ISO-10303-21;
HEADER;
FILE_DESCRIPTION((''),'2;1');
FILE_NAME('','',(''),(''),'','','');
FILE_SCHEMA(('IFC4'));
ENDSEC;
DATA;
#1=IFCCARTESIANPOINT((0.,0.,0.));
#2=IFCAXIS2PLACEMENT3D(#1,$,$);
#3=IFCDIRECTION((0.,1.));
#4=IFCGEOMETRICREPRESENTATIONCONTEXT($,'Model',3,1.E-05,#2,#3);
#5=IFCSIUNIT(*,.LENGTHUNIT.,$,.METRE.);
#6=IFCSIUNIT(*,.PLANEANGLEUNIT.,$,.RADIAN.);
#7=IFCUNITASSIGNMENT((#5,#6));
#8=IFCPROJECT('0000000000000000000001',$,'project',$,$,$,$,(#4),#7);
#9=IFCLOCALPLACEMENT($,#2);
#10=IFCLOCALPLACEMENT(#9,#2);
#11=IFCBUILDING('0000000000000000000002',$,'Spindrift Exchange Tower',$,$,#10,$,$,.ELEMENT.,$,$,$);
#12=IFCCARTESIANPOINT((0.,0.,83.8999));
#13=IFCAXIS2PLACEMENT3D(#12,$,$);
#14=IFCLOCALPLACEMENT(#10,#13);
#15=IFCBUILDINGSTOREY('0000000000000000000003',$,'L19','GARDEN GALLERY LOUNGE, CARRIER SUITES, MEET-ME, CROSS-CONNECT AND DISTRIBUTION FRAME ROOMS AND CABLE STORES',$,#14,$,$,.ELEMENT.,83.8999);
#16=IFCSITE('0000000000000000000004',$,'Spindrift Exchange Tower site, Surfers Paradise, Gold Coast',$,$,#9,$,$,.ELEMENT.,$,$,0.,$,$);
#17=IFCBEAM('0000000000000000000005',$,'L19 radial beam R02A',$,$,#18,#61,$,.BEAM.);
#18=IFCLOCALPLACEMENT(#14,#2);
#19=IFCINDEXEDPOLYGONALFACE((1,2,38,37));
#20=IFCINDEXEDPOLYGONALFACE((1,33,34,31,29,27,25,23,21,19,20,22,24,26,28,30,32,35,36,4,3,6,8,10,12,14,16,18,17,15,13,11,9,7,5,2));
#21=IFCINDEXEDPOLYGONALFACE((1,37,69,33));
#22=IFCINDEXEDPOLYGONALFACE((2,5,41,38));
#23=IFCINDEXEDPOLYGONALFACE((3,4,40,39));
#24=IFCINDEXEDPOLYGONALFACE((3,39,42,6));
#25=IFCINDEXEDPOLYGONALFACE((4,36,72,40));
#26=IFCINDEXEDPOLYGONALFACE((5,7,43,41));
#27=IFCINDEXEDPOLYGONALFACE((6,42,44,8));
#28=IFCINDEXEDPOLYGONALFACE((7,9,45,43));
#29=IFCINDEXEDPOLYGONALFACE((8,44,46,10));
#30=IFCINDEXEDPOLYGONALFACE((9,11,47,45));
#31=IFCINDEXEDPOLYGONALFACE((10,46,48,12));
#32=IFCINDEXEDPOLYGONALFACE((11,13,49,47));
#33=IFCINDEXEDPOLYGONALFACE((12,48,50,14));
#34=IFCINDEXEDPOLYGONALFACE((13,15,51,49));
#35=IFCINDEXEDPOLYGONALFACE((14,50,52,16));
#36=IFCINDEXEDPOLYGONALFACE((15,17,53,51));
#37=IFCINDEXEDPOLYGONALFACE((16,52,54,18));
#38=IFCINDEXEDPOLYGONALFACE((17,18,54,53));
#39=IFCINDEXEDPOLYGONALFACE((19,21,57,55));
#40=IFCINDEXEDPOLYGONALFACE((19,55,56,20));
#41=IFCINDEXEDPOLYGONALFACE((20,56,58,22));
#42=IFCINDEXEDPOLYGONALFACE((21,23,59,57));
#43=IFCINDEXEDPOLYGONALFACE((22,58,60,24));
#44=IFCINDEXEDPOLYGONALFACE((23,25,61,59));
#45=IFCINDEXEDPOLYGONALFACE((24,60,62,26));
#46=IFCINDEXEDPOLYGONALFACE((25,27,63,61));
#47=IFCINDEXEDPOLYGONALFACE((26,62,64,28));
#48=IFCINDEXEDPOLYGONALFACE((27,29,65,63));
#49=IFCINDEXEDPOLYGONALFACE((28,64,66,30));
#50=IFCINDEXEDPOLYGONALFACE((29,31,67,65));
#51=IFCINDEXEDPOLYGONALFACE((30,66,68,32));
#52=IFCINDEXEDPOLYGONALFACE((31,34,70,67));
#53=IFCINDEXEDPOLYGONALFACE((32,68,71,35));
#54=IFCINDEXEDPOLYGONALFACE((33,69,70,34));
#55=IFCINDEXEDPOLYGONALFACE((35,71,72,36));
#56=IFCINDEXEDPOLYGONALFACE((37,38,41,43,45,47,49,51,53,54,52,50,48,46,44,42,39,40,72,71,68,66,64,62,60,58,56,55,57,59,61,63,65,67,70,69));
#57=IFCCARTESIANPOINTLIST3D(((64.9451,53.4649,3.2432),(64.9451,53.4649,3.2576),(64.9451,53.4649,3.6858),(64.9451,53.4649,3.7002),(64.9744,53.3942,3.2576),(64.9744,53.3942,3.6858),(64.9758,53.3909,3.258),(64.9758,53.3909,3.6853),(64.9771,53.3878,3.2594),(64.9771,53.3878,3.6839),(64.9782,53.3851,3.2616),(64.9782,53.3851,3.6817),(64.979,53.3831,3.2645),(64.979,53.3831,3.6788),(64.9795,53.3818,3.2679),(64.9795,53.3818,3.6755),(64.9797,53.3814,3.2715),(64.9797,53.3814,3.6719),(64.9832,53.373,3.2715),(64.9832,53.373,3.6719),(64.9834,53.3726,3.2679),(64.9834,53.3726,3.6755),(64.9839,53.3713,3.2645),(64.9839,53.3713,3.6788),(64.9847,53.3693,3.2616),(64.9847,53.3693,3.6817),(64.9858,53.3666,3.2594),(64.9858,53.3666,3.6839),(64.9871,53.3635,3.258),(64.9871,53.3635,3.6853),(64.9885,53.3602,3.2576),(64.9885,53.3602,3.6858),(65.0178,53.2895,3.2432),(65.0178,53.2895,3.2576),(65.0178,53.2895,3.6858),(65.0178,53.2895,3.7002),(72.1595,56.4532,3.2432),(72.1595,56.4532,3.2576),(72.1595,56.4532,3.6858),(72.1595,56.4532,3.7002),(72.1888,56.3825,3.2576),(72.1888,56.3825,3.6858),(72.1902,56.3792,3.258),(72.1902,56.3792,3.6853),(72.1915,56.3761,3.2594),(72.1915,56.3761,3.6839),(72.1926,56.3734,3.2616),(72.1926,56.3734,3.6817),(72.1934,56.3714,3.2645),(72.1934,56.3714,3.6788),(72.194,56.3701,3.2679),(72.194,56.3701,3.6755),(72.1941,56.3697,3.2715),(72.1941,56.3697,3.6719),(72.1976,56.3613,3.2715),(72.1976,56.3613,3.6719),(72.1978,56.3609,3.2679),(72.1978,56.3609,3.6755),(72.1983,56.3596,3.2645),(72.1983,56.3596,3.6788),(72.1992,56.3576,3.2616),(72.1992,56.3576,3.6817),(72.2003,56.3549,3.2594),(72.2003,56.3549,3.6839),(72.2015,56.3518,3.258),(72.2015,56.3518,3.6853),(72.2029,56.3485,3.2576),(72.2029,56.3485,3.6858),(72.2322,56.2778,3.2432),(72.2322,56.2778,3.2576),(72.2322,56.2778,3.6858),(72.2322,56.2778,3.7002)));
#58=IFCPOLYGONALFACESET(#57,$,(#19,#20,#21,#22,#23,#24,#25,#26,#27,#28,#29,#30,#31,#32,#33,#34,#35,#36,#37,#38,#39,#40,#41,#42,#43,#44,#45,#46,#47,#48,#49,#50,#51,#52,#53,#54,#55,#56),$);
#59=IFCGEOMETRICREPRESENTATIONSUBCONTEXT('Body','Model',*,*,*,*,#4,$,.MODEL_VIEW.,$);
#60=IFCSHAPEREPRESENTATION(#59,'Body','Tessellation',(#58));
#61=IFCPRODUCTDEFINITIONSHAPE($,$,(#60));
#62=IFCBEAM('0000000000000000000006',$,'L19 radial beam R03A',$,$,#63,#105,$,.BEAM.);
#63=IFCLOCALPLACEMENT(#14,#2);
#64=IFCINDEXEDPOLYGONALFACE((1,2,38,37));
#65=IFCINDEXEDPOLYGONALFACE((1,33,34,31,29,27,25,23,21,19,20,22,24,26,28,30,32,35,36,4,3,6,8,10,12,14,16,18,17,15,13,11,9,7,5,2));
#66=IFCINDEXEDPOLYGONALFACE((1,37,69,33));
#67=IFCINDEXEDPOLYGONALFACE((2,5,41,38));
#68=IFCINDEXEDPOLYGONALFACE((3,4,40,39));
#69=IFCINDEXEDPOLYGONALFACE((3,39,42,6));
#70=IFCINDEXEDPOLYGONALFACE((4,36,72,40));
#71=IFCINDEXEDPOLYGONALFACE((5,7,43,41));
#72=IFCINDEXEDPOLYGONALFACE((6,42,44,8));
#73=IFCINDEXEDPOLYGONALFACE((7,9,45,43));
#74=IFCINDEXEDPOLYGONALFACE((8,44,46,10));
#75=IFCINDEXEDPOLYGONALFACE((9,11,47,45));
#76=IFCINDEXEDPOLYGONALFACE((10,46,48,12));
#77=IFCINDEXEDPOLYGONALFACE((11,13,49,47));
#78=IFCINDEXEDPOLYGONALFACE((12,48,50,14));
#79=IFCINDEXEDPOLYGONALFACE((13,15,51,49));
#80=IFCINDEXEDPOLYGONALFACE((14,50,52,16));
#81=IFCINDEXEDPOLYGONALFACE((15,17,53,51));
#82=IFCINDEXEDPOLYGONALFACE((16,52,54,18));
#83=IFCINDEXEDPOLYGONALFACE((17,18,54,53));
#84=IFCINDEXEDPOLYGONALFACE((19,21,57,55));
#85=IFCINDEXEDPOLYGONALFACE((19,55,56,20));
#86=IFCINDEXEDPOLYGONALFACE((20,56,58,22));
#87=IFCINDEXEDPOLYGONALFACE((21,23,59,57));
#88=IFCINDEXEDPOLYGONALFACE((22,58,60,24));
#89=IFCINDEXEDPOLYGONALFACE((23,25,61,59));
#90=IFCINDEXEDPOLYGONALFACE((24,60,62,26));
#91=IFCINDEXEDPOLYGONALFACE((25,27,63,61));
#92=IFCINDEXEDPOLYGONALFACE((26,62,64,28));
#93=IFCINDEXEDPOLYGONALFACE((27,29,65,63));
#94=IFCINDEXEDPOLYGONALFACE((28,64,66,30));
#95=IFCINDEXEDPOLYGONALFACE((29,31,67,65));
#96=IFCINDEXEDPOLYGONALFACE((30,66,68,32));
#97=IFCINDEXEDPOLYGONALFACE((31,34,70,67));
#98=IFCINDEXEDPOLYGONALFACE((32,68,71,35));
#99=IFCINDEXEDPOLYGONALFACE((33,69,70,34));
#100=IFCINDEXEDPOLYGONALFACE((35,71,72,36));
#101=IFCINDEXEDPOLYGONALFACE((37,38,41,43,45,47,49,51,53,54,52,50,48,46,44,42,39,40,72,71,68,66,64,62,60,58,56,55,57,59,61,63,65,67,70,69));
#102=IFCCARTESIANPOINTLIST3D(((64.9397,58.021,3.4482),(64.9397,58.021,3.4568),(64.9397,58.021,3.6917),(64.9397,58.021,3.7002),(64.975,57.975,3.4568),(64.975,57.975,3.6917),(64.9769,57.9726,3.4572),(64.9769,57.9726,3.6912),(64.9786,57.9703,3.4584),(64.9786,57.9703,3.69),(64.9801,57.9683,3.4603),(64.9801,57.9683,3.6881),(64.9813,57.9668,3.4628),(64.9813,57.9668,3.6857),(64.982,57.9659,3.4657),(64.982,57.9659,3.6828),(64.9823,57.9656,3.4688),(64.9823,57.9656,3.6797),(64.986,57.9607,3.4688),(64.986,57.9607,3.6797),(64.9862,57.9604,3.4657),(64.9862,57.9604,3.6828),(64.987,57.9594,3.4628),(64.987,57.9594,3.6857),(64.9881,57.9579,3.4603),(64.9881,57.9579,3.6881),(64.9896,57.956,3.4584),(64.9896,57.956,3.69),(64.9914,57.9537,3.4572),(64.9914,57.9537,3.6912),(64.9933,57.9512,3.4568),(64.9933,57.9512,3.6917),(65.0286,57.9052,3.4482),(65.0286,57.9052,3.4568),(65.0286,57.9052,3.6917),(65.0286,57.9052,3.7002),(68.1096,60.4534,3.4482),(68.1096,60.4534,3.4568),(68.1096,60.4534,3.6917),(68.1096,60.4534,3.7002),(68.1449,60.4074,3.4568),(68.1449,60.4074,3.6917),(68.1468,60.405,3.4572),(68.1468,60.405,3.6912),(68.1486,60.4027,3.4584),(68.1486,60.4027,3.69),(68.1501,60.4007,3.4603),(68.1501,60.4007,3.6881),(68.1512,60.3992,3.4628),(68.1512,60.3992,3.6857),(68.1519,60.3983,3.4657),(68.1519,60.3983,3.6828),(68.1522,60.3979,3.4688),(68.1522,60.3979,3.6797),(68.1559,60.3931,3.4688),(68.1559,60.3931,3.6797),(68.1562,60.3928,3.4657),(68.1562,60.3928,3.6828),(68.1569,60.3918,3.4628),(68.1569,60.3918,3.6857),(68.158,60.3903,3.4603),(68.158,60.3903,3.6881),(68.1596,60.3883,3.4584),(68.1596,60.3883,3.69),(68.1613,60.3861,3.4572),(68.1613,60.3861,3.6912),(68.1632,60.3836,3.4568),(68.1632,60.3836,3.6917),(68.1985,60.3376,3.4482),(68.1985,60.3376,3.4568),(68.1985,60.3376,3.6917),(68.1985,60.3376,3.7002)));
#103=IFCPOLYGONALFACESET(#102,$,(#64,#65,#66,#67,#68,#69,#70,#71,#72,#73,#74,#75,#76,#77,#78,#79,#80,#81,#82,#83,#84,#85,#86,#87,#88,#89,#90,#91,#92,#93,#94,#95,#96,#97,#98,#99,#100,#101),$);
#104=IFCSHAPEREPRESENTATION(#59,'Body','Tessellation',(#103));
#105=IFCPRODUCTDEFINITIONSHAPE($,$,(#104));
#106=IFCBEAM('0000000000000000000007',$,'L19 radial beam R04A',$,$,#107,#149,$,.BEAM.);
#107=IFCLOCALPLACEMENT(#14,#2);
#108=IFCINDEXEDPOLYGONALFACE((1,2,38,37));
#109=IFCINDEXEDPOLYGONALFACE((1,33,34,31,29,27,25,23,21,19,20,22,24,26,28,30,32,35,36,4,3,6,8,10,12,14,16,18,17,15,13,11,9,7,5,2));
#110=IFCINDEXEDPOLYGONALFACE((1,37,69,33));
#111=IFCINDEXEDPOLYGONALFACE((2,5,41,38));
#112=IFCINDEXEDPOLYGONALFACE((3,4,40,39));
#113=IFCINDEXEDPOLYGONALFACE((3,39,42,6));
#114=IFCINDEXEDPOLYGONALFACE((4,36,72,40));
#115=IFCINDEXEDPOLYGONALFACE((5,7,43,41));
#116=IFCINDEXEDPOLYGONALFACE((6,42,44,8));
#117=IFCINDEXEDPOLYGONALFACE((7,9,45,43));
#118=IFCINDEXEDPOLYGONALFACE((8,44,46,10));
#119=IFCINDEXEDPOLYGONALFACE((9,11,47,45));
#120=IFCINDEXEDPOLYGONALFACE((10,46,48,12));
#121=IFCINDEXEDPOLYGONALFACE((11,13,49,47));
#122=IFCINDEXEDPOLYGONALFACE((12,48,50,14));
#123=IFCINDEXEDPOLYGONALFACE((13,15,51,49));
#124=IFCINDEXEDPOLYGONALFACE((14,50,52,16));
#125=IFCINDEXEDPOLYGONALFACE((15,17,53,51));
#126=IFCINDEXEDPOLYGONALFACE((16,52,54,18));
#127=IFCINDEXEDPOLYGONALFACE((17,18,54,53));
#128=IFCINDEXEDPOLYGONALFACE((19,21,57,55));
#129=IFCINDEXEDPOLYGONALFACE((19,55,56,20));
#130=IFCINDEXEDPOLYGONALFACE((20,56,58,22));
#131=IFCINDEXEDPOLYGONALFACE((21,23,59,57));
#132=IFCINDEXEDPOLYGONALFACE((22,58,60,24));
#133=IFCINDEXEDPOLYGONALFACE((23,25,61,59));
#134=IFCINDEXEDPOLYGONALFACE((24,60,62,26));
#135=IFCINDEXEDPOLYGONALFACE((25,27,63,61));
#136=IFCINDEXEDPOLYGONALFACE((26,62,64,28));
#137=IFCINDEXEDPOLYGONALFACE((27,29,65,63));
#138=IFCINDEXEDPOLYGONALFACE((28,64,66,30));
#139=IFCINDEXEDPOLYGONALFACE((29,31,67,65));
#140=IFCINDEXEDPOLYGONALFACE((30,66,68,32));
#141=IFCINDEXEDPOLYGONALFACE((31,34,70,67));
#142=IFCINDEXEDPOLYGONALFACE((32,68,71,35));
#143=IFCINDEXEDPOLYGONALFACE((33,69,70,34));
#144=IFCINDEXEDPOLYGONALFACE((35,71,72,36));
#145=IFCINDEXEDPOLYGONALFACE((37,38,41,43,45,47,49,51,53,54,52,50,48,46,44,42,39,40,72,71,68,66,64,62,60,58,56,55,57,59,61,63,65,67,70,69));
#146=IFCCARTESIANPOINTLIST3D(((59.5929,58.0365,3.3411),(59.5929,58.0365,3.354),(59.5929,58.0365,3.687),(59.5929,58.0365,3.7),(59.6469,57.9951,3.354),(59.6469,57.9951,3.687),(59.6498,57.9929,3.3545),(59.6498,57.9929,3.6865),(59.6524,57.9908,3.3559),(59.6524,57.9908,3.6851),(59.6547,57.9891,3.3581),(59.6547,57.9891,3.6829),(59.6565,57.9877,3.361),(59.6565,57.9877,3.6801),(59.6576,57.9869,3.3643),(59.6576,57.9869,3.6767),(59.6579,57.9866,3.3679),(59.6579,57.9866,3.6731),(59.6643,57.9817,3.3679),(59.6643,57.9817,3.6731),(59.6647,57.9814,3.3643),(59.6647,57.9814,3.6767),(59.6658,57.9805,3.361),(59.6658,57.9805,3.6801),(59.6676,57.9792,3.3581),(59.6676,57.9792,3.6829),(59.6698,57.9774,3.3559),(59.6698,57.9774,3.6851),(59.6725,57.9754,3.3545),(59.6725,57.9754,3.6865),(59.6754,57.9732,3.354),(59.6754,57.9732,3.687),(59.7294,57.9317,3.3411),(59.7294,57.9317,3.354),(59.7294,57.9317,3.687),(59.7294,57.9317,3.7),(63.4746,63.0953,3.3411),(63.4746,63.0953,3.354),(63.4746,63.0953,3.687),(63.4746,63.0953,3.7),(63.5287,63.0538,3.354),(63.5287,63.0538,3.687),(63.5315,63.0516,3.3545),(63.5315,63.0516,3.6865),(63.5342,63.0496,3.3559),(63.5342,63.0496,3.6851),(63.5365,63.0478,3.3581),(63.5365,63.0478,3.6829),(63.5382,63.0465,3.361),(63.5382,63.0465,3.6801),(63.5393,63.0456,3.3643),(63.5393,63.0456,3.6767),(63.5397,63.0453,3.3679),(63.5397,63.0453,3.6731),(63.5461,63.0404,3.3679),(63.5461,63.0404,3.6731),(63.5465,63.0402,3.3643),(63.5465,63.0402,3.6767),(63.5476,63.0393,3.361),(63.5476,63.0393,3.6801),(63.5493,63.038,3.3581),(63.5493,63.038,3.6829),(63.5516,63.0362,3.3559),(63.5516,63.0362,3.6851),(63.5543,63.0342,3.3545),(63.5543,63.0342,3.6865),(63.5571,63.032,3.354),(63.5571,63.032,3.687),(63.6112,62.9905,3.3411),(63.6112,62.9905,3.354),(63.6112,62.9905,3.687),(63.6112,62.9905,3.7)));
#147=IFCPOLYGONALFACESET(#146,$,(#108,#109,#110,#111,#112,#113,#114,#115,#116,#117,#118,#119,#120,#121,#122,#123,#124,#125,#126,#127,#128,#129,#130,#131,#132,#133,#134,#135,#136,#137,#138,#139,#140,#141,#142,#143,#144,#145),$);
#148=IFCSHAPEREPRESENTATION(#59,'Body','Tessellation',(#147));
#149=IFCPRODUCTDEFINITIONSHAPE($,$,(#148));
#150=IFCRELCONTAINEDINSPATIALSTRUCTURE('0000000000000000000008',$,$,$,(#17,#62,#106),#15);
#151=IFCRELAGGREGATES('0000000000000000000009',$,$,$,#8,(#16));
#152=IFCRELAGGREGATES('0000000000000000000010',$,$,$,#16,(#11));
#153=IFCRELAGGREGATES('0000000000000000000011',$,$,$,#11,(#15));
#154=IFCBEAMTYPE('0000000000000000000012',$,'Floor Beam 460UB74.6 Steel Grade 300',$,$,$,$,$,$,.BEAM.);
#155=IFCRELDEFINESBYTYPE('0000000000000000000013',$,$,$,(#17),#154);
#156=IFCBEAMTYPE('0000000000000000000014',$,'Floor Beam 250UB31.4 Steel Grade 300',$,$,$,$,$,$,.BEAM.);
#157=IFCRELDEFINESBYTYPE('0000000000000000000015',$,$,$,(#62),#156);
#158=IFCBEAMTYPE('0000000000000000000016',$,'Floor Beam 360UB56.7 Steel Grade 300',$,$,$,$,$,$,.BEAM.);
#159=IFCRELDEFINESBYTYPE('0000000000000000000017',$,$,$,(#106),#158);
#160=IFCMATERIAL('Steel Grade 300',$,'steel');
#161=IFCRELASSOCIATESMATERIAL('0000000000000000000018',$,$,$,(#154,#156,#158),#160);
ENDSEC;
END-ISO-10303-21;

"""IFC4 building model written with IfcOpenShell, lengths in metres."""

from ifc_helpers import new_model, si_unit, direction, frame, origin, origin_2d, place, context, subcontext, project, spatial, i_section, extrude, source, transform, mapped, material, material_profile, profile_set, type_object, element, save


model = new_model("IFC4")

# Units and contexts
model_context = context("Model", 3, precision=1e-05, world=origin(), true_north=direction((0.0, 1.0)))
body_context = subcontext(model_context, "Body", "Model", "MODEL_VIEW")
ifc_project = project(units=[si_unit("LENGTHUNIT", "METRE"), si_unit("PLANEANGLEUNIT", "RADIAN")], contexts=[model_context])

# Site, building, storey
site_placement = place(None, origin())
site = spatial("IfcSite", under=ifc_project, at=site_placement, Name="Spindrift Exchange Tower site, Surfers Paradise, Gold Coast", CompositionType="ELEMENT", RefElevation=0.0)
building_placement = place(site_placement, origin())
building = spatial("IfcBuilding", under=site, at=building_placement, Name="Spindrift Exchange Tower", CompositionType="ELEMENT")
storey_placement = place(building_placement, frame((0.0, 0.0, 83.8999)))
storey = spatial("IfcBuildingStorey", under=building, at=storey_placement, Name="L19", Description="GARDEN GALLERY LOUNGE, CARRIER SUITES, MEET-ME, CROSS-CONNECT AND DISTRIBUTION FRAME ROOMS AND CABLE STORES", CompositionType="ELEMENT", Elevation=83.8999)

# Beams
ifc_material_1 = material(Name="Steel Grade 300", Category="steel")
ifc_material_profile_1 = material_profile(ifc_material_1, i_section(OverallWidth=0.1899, OverallDepth=0.457, WebThickness=0.009, FlangeThickness=0.0144, FilletRadius=0.0139, at=origin_2d()), Name="460UB74.6")
ifc_profile_set_1 = profile_set([ifc_material_profile_1], Name="Steel Grade 300")
beam_type_1 = type_object("IfcBeamType", Name="Floor Beam 460UB74.6 Steel Grade 300", PredefinedType="BEAM", material=ifc_profile_set_1)
shared_shape_1 = source(origin(), body_context, "Body", "SweptSolid", [
    extrude(i_section(OverallWidth=0.1899, OverallDepth=0.457, WebThickness=0.009, FlangeThickness=0.0144, FilletRadius=0.0139, at=origin_2d()), origin(), (0.0, 0.0, 1.0), 7.8088),
])
beam_1_placement = place(storey_placement, frame((64.9814, 53.3772, 3.4717), z_axis=(0.92388, 0.382683, 0.0), x_axis=(-0.382683, 0.92388, 0.0)))
element("IfcBeam", 1, at=beam_1_placement, inside=storey, type_object=beam_type_1, Name="L19 radial beam R02A", PredefinedType="BEAM", context=body_context, shape_type="MappedRepresentation", body=[
    mapped(shared_shape_1, transform((0.0, 0.0, 0.0), scale=1.0)),
])
ifc_material_profile_2 = material_profile(ifc_material_1, i_section(OverallWidth=0.146, OverallDepth=0.252, WebThickness=0.0061, FlangeThickness=0.0085, FilletRadius=0.012, at=origin_2d()), Name="250UB31.4")
ifc_profile_set_2 = profile_set([ifc_material_profile_2], Name="Steel Grade 300")
beam_type_2 = type_object("IfcBeamType", Name="Floor Beam 250UB31.4 Steel Grade 300", PredefinedType="BEAM", material=ifc_profile_set_2)
shared_shape_2 = source(origin(), body_context, "Body", "SweptSolid", [
    extrude(i_section(OverallWidth=0.146, OverallDepth=0.252, WebThickness=0.0061, FlangeThickness=0.0085, FilletRadius=0.012, at=origin_2d()), origin(), (0.0, 0.0, 1.0), 3.9956),
])
beam_2_placement = place(storey_placement, frame((64.9841, 57.9631, 3.5742), z_axis=(0.793353, 0.608762, 0.0), x_axis=(-0.608762, 0.793353, 0.0)))
element("IfcBeam", 2, at=beam_2_placement, inside=storey, type_object=beam_type_2, Name="L19 radial beam R03A", PredefinedType="BEAM", context=body_context, shape_type="MappedRepresentation", body=[
    mapped(shared_shape_2, transform((0.0, 0.0, 0.0), scale=1.0)),
])
ifc_material_profile_3 = material_profile(ifc_material_1, i_section(OverallWidth=0.1721, OverallDepth=0.3589, WebThickness=0.0081, FlangeThickness=0.0129, FilletRadius=0.0139, at=origin_2d()), Name="360UB56.7")
ifc_profile_set_3 = profile_set([ifc_material_profile_3], Name="Steel Grade 300")
beam_type_3 = type_object("IfcBeamType", Name="Floor Beam 360UB56.7 Steel Grade 300", PredefinedType="BEAM", material=ifc_profile_set_3)
shared_shape_3 = source(origin(), body_context, "Body", "SweptSolid", [
    extrude(i_section(OverallWidth=0.1721, OverallDepth=0.3589, WebThickness=0.0081, FlangeThickness=0.0129, FilletRadius=0.0139, at=origin_2d()), origin(), (0.0, 0.0, 1.0), 6.3765),
])
beam_3_placement = place(storey_placement, frame((59.6611, 57.9841, 3.5205), z_axis=(0.608767, 0.793349, 0.0), x_axis=(-0.793349, 0.608767, 0.0)))
element("IfcBeam", 3, at=beam_3_placement, inside=storey, type_object=beam_type_3, Name="L19 radial beam R04A", PredefinedType="BEAM", context=body_context, shape_type="MappedRepresentation", body=[
    mapped(shared_shape_3, transform((0.0, 0.0, 0.0), scale=1.0)),
])

save(model, "model.ifc")
